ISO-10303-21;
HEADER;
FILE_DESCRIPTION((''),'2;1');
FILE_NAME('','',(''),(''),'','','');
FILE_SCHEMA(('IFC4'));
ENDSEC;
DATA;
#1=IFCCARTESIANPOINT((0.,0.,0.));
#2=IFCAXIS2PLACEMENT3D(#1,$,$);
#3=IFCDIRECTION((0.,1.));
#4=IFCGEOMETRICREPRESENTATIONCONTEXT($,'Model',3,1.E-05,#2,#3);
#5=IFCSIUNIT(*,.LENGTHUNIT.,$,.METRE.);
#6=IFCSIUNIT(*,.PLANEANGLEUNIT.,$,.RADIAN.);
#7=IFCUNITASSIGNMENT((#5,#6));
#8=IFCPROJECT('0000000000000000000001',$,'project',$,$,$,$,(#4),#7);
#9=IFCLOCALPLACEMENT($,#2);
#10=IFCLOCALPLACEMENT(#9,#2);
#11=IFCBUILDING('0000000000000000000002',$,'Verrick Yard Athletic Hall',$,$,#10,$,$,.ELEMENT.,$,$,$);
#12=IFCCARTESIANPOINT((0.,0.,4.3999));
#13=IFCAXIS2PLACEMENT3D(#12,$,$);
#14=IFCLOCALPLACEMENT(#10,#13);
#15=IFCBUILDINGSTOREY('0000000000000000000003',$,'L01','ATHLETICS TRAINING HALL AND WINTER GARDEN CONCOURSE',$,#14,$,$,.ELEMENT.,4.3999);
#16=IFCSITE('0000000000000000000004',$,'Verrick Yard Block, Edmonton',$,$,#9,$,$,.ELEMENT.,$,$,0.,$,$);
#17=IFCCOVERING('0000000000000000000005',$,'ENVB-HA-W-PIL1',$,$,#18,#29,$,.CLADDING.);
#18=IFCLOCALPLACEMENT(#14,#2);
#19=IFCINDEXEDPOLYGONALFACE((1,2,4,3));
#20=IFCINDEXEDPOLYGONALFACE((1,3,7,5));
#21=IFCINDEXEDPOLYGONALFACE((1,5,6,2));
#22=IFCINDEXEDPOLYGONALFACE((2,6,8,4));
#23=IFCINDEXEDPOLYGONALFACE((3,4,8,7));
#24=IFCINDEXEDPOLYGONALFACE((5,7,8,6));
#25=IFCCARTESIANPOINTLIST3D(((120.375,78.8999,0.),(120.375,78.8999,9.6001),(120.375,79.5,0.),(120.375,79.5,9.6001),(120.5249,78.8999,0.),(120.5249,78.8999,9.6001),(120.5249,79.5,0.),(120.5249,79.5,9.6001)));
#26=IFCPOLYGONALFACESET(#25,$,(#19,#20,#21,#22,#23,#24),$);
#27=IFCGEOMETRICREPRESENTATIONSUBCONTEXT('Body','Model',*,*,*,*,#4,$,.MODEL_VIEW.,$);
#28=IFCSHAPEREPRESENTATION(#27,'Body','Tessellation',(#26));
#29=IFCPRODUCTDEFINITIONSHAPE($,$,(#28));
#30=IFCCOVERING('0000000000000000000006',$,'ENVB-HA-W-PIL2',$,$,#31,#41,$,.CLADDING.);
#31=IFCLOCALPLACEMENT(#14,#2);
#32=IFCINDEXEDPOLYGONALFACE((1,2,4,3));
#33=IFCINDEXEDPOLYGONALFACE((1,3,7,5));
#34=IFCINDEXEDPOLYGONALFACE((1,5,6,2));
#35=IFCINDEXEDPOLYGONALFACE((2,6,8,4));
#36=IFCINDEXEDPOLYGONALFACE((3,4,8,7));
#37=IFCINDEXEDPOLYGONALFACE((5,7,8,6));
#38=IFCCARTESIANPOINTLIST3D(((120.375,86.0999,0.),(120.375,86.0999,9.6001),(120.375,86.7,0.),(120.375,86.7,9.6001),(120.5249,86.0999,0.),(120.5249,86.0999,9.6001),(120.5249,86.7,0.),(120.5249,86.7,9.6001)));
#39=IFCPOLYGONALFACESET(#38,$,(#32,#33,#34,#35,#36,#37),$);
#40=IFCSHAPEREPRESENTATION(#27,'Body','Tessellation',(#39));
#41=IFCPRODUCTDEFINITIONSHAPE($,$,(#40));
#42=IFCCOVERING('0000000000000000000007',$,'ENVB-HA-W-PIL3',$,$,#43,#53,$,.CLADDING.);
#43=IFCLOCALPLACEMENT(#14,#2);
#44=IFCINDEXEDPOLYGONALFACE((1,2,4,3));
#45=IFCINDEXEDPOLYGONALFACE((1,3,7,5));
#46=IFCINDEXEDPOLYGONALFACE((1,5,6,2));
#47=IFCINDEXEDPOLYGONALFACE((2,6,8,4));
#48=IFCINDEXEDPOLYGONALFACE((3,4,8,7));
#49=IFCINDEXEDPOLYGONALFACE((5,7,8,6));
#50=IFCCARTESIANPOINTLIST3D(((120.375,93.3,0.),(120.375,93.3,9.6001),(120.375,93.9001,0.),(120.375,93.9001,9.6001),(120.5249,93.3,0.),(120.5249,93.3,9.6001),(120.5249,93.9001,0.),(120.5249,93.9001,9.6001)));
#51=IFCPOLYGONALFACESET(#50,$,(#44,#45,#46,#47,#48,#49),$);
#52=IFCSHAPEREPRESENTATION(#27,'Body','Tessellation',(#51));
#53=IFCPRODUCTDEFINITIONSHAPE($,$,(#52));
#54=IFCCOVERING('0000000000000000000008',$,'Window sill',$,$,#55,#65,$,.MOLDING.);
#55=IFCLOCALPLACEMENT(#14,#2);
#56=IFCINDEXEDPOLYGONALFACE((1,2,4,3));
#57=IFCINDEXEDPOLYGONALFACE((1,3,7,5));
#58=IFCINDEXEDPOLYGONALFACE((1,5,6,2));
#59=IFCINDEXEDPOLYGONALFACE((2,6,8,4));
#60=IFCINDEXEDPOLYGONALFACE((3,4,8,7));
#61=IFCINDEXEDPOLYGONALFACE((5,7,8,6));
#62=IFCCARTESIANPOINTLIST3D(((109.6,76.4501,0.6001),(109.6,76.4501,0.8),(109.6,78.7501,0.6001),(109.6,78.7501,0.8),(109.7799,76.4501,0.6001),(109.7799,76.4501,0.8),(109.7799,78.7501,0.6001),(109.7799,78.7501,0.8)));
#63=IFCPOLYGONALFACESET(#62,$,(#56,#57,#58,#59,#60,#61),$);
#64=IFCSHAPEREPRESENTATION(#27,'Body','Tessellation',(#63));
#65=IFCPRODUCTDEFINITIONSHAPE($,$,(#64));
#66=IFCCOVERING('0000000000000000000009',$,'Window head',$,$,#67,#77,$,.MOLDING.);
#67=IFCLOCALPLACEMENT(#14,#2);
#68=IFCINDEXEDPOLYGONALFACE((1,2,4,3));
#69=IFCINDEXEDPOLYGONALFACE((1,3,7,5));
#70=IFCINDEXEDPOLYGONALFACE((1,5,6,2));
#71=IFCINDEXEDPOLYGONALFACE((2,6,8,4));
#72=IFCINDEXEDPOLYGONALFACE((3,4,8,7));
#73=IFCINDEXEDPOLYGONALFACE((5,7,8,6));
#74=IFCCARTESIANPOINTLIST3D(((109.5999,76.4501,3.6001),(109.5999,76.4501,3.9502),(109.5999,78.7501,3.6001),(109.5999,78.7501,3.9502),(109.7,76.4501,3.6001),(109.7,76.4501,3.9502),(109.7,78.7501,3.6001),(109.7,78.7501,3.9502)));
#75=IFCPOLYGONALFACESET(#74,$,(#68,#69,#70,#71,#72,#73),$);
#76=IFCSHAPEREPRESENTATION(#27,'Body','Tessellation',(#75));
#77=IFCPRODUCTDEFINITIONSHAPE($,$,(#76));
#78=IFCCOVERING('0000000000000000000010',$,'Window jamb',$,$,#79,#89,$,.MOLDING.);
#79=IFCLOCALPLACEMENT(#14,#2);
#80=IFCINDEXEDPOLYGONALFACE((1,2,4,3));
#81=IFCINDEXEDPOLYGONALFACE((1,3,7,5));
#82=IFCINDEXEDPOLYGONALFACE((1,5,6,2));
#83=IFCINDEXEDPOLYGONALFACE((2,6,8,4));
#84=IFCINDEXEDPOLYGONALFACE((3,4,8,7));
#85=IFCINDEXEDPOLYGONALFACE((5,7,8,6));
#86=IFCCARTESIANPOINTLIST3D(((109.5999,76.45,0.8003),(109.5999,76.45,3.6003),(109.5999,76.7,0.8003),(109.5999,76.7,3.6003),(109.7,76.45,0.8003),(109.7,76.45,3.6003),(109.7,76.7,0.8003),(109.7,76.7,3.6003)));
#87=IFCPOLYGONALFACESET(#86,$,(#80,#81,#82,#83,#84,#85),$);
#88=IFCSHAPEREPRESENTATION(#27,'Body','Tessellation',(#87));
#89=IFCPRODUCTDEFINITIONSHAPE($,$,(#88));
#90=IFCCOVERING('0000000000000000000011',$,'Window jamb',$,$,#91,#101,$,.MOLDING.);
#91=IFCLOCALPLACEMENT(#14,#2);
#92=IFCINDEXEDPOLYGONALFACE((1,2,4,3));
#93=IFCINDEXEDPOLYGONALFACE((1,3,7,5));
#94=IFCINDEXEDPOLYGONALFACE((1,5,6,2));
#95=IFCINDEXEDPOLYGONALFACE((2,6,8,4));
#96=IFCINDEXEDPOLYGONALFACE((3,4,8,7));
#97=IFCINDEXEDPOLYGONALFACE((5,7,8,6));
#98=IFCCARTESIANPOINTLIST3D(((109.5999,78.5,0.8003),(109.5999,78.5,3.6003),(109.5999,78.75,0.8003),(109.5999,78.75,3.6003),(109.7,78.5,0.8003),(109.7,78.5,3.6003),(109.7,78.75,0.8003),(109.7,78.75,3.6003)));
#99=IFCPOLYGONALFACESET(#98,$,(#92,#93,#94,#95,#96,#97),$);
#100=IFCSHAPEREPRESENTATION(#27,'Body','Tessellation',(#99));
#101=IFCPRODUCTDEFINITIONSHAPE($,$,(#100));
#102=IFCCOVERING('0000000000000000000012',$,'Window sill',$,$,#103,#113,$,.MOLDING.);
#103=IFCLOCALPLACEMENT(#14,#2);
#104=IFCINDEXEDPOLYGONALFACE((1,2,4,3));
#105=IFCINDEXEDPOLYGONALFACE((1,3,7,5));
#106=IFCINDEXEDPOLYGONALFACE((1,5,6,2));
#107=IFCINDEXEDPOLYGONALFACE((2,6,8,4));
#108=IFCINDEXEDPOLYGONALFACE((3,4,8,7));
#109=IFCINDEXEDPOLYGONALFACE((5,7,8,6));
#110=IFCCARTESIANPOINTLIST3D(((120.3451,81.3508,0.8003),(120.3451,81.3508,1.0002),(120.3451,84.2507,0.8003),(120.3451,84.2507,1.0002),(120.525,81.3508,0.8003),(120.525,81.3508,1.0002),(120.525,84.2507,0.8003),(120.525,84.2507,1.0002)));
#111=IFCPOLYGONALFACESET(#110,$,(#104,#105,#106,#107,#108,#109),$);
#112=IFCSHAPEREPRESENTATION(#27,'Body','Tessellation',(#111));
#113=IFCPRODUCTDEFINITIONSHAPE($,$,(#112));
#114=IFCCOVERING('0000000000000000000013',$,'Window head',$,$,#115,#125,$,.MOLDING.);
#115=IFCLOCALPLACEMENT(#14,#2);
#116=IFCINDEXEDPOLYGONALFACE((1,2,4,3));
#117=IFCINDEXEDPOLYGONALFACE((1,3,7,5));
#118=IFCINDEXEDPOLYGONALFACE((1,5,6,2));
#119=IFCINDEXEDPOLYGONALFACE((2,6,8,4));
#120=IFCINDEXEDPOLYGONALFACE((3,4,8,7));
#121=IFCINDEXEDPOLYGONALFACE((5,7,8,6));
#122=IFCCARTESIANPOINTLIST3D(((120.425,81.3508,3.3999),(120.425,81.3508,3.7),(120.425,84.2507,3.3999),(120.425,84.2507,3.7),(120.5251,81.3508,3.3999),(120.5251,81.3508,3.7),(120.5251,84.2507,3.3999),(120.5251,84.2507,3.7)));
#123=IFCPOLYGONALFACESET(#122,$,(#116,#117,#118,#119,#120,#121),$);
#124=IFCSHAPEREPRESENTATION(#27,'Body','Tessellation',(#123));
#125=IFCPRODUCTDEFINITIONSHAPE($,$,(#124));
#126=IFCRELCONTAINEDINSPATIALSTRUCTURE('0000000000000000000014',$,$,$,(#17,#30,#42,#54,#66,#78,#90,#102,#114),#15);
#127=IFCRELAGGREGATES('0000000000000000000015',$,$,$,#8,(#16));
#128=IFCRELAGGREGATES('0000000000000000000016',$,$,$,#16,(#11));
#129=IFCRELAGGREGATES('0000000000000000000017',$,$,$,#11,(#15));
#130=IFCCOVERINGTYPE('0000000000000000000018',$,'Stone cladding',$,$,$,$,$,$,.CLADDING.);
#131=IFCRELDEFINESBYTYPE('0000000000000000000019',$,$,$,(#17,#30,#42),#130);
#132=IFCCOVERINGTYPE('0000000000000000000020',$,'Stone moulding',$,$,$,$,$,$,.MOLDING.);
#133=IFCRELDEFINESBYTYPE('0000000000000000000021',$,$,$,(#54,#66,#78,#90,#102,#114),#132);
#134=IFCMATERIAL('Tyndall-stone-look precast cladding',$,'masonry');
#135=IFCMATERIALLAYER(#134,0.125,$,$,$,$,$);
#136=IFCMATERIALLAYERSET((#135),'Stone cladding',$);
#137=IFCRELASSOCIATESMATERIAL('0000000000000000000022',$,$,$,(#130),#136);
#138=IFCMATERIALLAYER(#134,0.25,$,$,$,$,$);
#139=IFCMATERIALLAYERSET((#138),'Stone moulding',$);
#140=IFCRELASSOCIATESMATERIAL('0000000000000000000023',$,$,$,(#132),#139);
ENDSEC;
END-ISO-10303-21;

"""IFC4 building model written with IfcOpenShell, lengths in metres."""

from ifc_helpers import new_model, si_unit, direction, frame, origin, origin_2d, place, context, subcontext, project, spatial, rectangle, extrude, material, layer, layer_set, type_object, element, save


model = new_model("IFC4")

# Units and contexts
model_context = context("Model", 3, precision=1e-05, world=origin(), true_north=direction((0.0, 1.0)))
body_context = subcontext(model_context, "Body", "Model", "MODEL_VIEW")
ifc_project = project(units=[si_unit("LENGTHUNIT", "METRE"), si_unit("PLANEANGLEUNIT", "RADIAN")], contexts=[model_context])

# Site, building, storey
site_placement = place(None, origin())
site = spatial("IfcSite", under=ifc_project, at=site_placement, Name="Verrick Yard Block, Edmonton", CompositionType="ELEMENT", RefElevation=0.0)
building_placement = place(site_placement, origin())
building = spatial("IfcBuilding", under=site, at=building_placement, Name="Verrick Yard Athletic Hall", CompositionType="ELEMENT")
storey_placement = place(building_placement, frame((0.0, 0.0, 4.3999)))
storey = spatial("IfcBuildingStorey", under=building, at=storey_placement, Name="L01", Description="ATHLETICS TRAINING HALL AND WINTER GARDEN CONCOURSE", CompositionType="ELEMENT", Elevation=4.3999)

# Coverings
ifc_material_1 = material(Name="Tyndall-stone-look precast cladding", Category="masonry")
ifc_layer_1 = layer(ifc_material_1, 0.125)
ifc_layer_set_1 = layer_set([ifc_layer_1], Name="Stone cladding")
covering_type_1 = type_object("IfcCoveringType", Name="Stone cladding", PredefinedType="CLADDING", material=ifc_layer_set_1)
for number, where, z_axis, x_axis, name in (
    (1, (120.45, 79.2, 0.0), (0.0, 0.0, 1.0), (1.0, 0.0, 0.0), "ENVB-HA-W-PIL1"),
    (2, (120.45, 86.3999, 0.0), (0.0, 0.0, 1.0), (1.0, 0.0, 0.0), "ENVB-HA-W-PIL2"),
    (3, (120.45, 93.6001, 0.0), (0.0, 0.0, 1.0), (1.0, 0.0, 0.0), "ENVB-HA-W-PIL3"),
):
    element("IfcCovering", number, at=place(storey_placement, frame(where, z_axis=z_axis, x_axis=x_axis)), inside=storey, type_object=covering_type_1, Name=name, PredefinedType="CLADDING", context=body_context, shape_type="SweptSolid", body=[
        extrude(rectangle(XDim=0.1499, YDim=0.6001, at=origin_2d()), origin(), (0.0, 0.0, 1.0), 9.6001),
    ])
ifc_layer_2 = layer(ifc_material_1, 0.25)
ifc_layer_set_2 = layer_set([ifc_layer_2], Name="Stone moulding")
covering_type_2 = type_object("IfcCoveringType", Name="Stone moulding", PredefinedType="MOLDING", material=ifc_layer_set_2)
covering_1_placement = place(storey_placement, frame((109.6899, 77.6001, 0.6001), z_axis=(0.0, 0.0, 1.0), x_axis=(0.0, 1.0, 0.0)))
element("IfcCovering", 4, at=covering_1_placement, inside=storey, type_object=covering_type_2, Name="Window sill", PredefinedType="MOLDING", context=body_context, shape_type="SweptSolid", body=[
    extrude(rectangle(XDim=2.3, YDim=0.1799, at=origin_2d()), origin(), (0.0, 0.0, 1.0), 0.2),
])
covering_2_placement = place(storey_placement, frame((109.6499, 77.6001, 3.6001), z_axis=(0.0, 0.0, 1.0), x_axis=(0.0, 1.0, 0.0)))
element("IfcCovering", 5, at=covering_2_placement, inside=storey, type_object=covering_type_2, Name="Window head", PredefinedType="MOLDING", context=body_context, shape_type="SweptSolid", body=[
    extrude(rectangle(XDim=2.3, YDim=0.1001, at=origin_2d()), origin(), (0.0, 0.0, 1.0), 0.3501),
])
for number, where, z_axis, x_axis, name in (
    (6, (109.6499, 76.575, 0.8003), (0.0, 0.0, 1.0), (0.0, 1.0, 0.0), "Window jamb"),
    (7, (109.6499, 78.625, 0.8003), (0.0, 0.0, 1.0), (0.0, 1.0, 0.0), "Window jamb"),
):
    element("IfcCovering", number, at=place(storey_placement, frame(where, z_axis=z_axis, x_axis=x_axis)), inside=storey, type_object=covering_type_2, Name=name, PredefinedType="MOLDING", context=body_context, shape_type="SweptSolid", body=[
        extrude(rectangle(XDim=0.25, YDim=0.1001, at=origin_2d()), origin(), (0.0, 0.0, 1.0), 2.8),
    ])
covering_3_placement = place(storey_placement, frame((120.4351, 82.8008, 0.8003), z_axis=(0.0, 0.0, 1.0), x_axis=(0.0, 1.0, 0.0)))
element("IfcCovering", 8, at=covering_3_placement, inside=storey, type_object=covering_type_2, Name="Window sill", PredefinedType="MOLDING", context=body_context, shape_type="SweptSolid", body=[
    extrude(rectangle(XDim=2.8999, YDim=0.1799, at=origin_2d()), origin(), (0.0, 0.0, 1.0), 0.2),
])
covering_4_placement = place(storey_placement, frame((120.4751, 82.8008, 3.3999), z_axis=(0.0, 0.0, 1.0), x_axis=(0.0, 1.0, 0.0)))
element("IfcCovering", 9, at=covering_4_placement, inside=storey, type_object=covering_type_2, Name="Window head", PredefinedType="MOLDING", context=body_context, shape_type="SweptSolid", body=[
    extrude(rectangle(XDim=2.8999, YDim=0.1001, at=origin_2d()), origin(), (0.0, 0.0, 1.0), 0.3),
])

save(model, "model.ifc")
